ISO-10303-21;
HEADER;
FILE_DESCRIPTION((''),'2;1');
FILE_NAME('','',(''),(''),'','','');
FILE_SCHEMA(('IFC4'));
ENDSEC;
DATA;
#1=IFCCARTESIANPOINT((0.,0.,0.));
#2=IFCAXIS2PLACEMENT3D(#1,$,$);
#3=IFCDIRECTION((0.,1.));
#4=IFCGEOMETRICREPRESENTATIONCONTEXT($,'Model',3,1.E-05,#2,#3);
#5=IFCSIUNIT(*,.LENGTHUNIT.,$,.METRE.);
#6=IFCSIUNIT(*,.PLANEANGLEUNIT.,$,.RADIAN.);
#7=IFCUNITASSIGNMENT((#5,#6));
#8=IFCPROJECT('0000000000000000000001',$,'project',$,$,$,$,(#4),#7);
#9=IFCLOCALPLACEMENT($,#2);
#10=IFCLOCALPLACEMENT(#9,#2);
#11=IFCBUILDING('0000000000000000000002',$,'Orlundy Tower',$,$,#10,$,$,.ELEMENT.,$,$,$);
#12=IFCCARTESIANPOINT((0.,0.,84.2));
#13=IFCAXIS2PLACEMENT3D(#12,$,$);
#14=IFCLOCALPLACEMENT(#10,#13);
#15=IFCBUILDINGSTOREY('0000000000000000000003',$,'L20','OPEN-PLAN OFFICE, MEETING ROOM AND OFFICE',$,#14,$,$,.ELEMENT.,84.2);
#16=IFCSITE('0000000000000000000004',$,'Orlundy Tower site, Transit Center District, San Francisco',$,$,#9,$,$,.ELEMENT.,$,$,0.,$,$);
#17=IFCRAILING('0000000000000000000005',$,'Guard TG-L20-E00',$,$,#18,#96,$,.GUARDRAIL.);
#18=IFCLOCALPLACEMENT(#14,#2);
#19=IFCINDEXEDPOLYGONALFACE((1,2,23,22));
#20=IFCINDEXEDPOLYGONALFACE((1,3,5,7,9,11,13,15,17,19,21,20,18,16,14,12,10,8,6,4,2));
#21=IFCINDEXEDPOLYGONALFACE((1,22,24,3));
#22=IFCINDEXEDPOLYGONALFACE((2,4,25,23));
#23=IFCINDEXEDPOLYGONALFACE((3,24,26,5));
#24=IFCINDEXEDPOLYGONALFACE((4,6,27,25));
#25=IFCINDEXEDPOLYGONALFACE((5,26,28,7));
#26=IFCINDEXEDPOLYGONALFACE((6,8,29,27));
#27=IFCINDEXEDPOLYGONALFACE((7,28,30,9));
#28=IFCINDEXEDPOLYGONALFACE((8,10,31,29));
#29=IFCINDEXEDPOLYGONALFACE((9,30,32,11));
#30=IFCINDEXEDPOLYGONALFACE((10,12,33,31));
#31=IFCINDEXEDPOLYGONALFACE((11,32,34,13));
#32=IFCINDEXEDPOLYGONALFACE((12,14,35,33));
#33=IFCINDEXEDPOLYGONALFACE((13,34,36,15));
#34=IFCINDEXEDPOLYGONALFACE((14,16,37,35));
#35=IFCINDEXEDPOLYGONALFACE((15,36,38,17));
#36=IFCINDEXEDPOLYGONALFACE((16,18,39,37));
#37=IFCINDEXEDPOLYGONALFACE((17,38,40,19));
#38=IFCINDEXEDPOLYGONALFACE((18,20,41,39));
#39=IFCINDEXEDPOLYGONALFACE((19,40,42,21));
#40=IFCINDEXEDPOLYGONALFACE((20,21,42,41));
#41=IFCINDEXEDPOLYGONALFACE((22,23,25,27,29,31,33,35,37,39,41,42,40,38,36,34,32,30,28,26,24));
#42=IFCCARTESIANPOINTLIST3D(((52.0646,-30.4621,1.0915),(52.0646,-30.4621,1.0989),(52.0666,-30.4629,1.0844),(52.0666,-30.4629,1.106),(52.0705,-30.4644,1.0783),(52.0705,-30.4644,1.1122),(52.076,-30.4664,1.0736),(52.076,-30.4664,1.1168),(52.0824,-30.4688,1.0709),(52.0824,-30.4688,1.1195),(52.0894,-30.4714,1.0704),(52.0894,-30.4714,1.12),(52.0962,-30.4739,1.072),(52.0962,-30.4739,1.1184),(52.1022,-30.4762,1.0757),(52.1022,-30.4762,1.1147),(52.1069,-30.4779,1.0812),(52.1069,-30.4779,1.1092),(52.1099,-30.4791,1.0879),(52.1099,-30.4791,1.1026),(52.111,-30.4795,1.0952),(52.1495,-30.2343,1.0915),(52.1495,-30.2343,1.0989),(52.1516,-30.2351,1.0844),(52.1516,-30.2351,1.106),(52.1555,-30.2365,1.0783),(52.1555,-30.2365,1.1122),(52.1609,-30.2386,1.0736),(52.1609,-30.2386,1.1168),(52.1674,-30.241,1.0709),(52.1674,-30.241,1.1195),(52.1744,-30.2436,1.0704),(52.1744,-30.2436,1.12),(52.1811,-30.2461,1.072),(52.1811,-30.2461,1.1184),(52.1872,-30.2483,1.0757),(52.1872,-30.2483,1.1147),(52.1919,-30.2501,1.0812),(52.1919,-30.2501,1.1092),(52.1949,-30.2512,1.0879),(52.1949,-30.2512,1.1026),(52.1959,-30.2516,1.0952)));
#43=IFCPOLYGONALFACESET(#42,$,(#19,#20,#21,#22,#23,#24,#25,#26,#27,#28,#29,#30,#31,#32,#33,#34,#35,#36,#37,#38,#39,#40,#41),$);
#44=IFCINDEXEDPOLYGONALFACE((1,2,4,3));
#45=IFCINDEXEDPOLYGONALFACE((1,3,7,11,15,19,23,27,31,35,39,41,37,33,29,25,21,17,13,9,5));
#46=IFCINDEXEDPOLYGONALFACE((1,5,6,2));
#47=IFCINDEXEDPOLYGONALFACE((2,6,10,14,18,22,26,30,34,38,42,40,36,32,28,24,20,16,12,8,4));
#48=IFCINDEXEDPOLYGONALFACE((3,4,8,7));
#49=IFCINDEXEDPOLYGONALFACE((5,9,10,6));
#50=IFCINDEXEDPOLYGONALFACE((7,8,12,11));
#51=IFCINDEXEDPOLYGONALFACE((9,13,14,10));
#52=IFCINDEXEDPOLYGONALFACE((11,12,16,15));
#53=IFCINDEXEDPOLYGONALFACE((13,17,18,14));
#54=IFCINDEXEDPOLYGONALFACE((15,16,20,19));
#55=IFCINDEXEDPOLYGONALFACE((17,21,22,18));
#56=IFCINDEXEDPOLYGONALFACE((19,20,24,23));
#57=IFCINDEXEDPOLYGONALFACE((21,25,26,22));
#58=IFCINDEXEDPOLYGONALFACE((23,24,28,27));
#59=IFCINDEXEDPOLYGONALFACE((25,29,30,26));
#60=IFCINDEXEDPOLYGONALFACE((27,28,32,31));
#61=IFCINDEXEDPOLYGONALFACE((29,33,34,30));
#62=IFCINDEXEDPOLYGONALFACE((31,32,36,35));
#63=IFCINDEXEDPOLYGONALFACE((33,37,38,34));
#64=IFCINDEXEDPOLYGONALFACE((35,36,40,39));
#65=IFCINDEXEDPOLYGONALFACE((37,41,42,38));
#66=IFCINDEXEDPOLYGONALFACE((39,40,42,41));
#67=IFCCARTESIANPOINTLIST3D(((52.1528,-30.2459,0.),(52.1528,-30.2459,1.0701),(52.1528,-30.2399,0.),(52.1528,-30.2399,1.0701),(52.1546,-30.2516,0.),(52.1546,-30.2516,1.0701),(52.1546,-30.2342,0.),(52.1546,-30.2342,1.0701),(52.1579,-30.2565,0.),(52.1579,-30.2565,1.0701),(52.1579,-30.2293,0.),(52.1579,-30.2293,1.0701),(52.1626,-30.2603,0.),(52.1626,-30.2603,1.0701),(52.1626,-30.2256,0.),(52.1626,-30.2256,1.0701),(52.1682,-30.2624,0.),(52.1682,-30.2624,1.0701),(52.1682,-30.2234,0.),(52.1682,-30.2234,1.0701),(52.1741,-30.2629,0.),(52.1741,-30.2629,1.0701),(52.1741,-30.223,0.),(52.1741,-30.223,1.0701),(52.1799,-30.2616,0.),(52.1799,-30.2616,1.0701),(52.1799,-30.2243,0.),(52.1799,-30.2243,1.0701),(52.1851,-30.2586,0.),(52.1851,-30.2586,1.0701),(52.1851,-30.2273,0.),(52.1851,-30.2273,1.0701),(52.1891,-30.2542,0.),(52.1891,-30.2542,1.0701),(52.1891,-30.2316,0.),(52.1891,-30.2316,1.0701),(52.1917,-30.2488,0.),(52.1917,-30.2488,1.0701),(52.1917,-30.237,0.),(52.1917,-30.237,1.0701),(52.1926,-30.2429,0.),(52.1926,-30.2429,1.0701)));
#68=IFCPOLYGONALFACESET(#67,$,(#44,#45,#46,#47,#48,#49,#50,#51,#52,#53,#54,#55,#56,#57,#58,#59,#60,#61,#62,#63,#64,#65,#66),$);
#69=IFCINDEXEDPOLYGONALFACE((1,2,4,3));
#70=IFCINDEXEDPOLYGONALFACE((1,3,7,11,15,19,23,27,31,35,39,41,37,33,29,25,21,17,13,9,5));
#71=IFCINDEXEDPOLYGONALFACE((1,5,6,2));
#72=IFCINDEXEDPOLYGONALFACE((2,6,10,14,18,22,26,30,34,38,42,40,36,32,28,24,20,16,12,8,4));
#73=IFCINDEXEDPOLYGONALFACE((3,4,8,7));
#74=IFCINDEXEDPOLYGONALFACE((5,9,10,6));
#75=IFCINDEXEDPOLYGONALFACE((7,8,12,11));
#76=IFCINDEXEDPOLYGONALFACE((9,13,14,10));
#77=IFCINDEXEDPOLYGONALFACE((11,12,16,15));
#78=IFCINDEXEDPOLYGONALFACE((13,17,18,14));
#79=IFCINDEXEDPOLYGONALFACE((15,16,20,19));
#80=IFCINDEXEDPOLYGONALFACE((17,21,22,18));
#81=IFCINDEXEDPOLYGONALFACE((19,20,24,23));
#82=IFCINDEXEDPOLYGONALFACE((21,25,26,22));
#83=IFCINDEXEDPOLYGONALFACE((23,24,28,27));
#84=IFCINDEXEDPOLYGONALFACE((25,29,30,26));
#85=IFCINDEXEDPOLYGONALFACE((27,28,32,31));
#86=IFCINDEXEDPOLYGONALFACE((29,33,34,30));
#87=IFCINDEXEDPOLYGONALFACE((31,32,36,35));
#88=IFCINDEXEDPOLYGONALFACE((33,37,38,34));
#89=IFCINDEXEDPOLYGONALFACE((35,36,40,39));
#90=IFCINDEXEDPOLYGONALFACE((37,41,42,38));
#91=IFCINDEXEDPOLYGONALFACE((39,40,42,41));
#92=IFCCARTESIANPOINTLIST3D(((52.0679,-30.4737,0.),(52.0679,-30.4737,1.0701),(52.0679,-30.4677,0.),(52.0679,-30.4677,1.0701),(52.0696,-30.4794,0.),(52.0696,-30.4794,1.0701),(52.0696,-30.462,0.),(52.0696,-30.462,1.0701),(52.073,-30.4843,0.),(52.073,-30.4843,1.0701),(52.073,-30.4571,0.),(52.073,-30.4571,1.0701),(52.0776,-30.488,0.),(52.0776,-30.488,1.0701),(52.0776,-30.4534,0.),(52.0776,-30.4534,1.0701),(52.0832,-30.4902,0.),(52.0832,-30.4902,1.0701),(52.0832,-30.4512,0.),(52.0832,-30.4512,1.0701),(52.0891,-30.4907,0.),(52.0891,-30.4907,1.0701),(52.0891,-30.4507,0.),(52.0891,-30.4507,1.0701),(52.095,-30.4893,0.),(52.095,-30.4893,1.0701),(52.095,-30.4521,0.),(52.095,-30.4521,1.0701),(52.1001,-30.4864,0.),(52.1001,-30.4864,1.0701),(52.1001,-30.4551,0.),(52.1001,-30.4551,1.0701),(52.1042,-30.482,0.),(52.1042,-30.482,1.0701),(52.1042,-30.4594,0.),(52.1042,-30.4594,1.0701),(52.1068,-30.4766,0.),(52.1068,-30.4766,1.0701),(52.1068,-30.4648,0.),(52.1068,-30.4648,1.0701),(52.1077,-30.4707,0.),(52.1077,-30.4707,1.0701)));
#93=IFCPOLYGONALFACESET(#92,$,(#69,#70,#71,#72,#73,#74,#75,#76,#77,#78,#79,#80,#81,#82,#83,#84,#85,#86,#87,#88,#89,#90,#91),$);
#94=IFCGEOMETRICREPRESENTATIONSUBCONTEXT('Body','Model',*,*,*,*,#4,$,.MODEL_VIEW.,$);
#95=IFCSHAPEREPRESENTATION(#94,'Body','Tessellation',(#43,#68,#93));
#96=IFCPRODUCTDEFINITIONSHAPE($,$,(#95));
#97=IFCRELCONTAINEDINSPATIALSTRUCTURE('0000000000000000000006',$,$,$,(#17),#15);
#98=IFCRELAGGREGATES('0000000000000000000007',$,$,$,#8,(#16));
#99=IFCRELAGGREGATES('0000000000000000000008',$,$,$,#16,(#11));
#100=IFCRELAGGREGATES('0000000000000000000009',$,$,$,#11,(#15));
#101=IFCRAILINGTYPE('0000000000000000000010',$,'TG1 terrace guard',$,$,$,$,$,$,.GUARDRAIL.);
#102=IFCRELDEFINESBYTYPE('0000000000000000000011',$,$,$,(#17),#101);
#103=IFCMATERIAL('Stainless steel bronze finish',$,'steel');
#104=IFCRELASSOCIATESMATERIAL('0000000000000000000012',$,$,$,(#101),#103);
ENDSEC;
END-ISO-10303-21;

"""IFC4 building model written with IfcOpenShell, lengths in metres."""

from ifc_helpers import new_model, si_unit, direction, frame, origin, origin_2d, place, context, subcontext, project, spatial, circle, extrude, material, type_object, element, save


model = new_model("IFC4")

# Units and contexts
model_context = context("Model", 3, precision=1e-05, world=origin(), true_north=direction((0.0, 1.0)))
body_context = subcontext(model_context, "Body", "Model", "MODEL_VIEW")
ifc_project = project(units=[si_unit("LENGTHUNIT", "METRE"), si_unit("PLANEANGLEUNIT", "RADIAN")], contexts=[model_context])

# Site, building, storey
site_placement = place(None, origin())
site = spatial("IfcSite", under=ifc_project, at=site_placement, Name="Orlundy Tower site, Transit Center District, San Francisco", CompositionType="ELEMENT", RefElevation=0.0)
building_placement = place(site_placement, origin())
building = spatial("IfcBuilding", under=site, at=building_placement, Name="Orlundy Tower", CompositionType="ELEMENT")
storey_placement = place(building_placement, frame((0.0, 0.0, 84.2)))
storey = spatial("IfcBuildingStorey", under=building, at=storey_placement, Name="L20", Description="OPEN-PLAN OFFICE, MEETING ROOM AND OFFICE", CompositionType="ELEMENT", Elevation=84.2)

# Railing
ifc_material_1 = material(Name="Stainless steel bronze finish", Category="steel")
railing_type = type_object("IfcRailingType", Name="TG1 terrace guard", PredefinedType="GUARDRAIL", material=ifc_material_1)
railing_placement = place(storey_placement, frame((52.1726, -30.2429, 0.0)))
element("IfcRailing", 1, at=railing_placement, inside=storey, type_object=railing_type, Name="Guard TG-L20-E00", PredefinedType="GUARDRAIL", context=body_context, shape_type="SweptSolid", body=[
    extrude(circle(Radius=0.0249, at=origin_2d()), frame((0.0, 0.0, 1.0952), z_axis=(-0.349472, -0.936947, 0.0), x_axis=(0.936947, -0.349472, 0.0)), (0.0, 0.0, 1.0), 0.2432),
    extrude(circle(Radius=0.02, at=origin_2d()), origin(), (0.0, 0.0, 1.0), 1.0701),
    extrude(circle(Radius=0.02, at=origin_2d()), frame((-0.085, -0.2278, 0.0)), (0.0, 0.0, 1.0), 1.0701),
])

save(model, "model.ifc")
